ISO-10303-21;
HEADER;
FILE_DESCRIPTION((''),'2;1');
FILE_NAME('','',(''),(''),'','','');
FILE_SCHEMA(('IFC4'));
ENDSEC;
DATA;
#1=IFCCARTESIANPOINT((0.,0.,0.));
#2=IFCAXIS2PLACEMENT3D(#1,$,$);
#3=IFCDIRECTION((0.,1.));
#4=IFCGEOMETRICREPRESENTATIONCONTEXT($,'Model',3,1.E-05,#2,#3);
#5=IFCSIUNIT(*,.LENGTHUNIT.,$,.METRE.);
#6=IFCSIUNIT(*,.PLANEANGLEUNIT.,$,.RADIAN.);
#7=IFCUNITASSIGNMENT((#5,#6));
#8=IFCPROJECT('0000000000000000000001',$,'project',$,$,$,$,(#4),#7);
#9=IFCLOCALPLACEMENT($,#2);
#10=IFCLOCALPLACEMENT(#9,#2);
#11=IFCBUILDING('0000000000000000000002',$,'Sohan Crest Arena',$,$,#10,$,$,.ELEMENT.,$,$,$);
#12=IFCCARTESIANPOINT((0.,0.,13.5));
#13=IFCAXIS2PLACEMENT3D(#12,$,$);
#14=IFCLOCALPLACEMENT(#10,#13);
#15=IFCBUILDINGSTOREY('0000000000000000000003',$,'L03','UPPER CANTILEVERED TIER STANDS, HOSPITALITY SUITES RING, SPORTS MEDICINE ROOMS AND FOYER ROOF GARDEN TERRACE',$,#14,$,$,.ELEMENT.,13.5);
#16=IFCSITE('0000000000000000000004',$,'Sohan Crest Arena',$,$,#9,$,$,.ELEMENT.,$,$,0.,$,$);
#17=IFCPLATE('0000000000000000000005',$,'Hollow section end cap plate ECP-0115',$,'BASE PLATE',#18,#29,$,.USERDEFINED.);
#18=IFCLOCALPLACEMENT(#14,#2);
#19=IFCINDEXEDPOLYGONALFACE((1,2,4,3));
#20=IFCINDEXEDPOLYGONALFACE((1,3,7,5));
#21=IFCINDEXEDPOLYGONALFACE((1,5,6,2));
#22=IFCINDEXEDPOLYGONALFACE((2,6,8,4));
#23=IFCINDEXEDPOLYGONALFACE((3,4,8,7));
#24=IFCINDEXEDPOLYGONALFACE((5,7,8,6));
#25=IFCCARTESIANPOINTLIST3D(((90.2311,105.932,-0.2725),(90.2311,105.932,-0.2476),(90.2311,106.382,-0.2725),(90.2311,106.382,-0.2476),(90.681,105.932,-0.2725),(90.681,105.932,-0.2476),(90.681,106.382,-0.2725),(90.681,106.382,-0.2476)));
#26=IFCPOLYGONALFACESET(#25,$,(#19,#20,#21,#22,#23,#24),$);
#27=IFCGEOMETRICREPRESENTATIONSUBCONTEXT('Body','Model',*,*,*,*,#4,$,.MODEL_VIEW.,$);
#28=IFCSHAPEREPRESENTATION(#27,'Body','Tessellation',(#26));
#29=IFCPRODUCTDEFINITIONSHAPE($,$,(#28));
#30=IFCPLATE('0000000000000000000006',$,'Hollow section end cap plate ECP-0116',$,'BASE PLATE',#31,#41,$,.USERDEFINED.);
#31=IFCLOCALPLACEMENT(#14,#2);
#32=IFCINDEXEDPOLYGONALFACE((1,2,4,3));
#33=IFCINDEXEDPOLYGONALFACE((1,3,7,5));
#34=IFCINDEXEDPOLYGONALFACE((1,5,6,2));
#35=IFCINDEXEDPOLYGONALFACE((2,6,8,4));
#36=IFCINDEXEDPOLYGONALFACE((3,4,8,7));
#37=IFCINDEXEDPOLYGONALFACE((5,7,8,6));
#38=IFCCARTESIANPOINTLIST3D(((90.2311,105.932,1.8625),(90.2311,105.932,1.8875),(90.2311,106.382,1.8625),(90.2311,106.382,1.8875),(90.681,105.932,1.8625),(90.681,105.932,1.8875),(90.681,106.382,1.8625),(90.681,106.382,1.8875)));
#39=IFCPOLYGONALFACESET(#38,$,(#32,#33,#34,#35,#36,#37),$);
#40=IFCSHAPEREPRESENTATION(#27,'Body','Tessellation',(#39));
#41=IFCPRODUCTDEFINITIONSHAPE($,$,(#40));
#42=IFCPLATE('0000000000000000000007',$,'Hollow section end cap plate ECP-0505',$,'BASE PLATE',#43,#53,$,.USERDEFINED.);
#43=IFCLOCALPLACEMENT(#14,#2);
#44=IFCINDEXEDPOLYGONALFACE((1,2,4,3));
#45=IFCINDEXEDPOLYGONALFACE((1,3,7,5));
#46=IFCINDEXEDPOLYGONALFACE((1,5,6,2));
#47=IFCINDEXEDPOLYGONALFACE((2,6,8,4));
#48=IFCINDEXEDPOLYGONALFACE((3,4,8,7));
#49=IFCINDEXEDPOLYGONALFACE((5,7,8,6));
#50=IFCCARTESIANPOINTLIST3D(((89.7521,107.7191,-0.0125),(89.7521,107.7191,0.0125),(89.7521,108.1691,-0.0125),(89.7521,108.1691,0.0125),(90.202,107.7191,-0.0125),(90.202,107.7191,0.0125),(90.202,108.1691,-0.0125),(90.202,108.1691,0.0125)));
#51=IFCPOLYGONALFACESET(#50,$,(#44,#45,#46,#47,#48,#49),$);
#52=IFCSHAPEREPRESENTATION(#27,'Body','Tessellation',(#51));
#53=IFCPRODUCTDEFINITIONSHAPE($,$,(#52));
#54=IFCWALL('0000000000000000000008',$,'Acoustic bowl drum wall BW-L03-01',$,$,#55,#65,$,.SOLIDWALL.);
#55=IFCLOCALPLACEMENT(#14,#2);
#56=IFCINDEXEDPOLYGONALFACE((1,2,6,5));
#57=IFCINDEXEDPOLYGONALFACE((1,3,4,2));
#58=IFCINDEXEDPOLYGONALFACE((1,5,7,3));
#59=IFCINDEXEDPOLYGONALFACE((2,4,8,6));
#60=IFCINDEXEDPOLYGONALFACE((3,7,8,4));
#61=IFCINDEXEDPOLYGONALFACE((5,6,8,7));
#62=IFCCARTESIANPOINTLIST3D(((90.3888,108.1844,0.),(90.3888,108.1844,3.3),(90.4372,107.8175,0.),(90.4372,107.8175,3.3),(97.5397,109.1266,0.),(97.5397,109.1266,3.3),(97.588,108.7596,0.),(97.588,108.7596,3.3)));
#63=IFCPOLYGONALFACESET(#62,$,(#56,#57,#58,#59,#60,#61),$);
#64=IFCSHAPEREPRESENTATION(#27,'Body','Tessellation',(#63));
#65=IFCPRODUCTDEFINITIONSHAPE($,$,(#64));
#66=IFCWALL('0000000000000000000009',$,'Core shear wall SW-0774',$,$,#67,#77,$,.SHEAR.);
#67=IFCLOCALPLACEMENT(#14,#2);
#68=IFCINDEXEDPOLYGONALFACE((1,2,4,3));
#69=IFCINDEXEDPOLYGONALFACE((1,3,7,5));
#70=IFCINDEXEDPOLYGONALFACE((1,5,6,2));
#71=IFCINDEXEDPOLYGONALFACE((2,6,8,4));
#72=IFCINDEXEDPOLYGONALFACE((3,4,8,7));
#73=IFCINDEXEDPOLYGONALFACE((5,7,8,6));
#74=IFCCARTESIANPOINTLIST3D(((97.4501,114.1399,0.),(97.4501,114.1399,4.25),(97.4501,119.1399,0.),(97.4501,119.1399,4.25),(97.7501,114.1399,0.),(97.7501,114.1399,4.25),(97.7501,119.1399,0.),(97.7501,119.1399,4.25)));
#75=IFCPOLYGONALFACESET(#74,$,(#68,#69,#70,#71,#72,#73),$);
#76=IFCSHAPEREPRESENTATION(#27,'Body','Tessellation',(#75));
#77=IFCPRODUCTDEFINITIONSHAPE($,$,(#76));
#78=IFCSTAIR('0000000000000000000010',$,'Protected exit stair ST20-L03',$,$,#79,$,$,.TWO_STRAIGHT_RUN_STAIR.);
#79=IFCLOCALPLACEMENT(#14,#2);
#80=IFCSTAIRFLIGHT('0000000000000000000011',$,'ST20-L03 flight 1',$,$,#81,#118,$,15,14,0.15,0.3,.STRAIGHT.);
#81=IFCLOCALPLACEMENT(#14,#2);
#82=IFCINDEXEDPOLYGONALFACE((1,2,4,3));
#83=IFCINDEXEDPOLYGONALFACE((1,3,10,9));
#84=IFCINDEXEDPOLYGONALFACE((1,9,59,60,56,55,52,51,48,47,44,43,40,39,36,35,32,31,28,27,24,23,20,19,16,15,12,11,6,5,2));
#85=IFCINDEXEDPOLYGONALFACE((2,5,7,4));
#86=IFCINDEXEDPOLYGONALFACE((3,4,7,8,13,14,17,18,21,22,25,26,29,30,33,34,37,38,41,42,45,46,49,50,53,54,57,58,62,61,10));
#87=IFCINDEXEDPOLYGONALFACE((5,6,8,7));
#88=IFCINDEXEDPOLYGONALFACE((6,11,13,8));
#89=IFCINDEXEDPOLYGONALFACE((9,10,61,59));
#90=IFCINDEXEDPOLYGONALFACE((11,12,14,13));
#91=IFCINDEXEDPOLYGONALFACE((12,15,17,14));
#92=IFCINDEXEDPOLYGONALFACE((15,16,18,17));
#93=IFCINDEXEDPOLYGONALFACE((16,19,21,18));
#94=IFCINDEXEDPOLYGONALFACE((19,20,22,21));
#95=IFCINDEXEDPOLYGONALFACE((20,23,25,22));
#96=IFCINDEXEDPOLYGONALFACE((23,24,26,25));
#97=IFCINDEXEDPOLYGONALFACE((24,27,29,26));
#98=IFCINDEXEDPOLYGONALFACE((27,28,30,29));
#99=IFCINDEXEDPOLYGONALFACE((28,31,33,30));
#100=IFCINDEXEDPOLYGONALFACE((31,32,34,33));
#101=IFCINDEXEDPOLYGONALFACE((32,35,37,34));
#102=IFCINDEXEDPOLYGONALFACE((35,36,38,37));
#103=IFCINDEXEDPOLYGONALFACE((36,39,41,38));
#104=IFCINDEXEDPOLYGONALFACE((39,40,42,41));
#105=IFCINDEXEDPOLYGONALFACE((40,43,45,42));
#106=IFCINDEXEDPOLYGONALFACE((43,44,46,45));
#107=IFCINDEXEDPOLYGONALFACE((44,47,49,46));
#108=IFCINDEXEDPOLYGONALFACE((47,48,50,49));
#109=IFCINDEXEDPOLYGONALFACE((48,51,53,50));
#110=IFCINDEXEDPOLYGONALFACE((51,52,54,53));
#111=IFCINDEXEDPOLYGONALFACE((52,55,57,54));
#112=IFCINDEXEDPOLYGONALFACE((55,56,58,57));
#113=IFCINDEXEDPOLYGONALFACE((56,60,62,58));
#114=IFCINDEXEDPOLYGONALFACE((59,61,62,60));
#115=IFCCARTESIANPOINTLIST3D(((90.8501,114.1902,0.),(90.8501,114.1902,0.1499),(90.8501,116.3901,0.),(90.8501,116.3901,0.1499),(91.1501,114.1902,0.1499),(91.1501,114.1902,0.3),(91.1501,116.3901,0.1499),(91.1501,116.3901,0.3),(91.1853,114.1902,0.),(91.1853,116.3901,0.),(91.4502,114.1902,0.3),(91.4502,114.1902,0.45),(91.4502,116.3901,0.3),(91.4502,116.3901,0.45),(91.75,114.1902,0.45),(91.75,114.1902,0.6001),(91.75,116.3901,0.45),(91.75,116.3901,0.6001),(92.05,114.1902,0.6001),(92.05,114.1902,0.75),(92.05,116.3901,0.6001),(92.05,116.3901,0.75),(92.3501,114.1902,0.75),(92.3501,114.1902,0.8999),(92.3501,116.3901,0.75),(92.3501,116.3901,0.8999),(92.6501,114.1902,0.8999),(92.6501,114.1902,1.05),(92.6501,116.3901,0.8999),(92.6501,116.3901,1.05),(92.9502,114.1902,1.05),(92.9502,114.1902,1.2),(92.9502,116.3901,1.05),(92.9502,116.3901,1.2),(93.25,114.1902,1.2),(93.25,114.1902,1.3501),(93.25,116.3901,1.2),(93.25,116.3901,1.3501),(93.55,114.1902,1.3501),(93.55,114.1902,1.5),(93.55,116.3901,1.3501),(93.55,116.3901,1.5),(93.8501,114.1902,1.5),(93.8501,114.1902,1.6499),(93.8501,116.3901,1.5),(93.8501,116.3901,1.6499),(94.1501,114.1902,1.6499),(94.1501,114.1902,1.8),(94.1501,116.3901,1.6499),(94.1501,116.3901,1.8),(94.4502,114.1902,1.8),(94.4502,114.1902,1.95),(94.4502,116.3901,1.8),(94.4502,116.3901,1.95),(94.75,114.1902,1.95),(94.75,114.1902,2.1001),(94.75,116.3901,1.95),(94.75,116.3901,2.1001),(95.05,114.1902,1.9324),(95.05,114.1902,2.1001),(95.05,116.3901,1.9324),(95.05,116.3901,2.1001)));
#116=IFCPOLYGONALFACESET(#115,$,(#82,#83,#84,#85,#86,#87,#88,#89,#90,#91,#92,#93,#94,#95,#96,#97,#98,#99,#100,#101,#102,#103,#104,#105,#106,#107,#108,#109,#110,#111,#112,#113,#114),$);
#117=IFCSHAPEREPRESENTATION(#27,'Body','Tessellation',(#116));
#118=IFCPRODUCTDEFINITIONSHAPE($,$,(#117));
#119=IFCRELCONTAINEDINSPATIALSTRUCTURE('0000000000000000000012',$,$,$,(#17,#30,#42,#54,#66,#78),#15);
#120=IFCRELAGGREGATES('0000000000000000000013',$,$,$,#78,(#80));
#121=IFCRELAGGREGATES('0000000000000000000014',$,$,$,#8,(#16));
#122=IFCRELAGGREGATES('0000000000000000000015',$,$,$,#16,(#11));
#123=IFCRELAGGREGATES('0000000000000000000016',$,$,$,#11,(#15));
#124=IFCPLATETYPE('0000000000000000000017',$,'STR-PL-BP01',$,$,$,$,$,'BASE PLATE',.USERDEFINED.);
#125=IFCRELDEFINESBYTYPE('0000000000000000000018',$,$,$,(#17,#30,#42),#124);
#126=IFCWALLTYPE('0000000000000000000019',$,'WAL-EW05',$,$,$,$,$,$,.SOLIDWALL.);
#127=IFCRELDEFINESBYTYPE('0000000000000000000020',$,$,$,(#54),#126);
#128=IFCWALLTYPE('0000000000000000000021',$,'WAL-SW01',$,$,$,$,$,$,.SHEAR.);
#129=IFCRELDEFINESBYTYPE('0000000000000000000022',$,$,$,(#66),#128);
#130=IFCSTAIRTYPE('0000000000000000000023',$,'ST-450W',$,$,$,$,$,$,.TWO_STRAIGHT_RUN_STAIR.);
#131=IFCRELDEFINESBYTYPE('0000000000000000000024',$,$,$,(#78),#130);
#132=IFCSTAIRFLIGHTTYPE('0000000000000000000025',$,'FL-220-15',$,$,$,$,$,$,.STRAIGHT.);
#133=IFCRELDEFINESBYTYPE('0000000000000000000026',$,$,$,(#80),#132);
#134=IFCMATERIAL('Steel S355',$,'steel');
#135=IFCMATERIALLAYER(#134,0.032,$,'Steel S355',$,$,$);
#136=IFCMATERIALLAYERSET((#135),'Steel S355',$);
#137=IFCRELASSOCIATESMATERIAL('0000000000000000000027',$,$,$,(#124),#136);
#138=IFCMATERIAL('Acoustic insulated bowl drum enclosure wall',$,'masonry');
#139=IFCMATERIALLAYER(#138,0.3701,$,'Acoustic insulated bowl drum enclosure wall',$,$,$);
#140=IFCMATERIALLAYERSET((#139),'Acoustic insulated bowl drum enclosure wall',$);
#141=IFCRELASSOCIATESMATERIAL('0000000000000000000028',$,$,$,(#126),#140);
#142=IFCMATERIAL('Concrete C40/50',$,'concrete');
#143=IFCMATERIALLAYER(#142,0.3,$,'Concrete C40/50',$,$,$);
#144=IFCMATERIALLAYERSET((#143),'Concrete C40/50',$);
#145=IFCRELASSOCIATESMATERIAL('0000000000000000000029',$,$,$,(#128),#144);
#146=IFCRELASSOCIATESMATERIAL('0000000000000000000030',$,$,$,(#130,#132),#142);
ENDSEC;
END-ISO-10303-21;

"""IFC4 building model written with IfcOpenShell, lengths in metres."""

from ifc_helpers import new_model, si_unit, direction, frame, frame_2d, origin, origin_2d, place, context, subcontext, project, spatial, polyline, rectangle, outline, extrude, material, layer, layer_set, type_object, element, aggregate, save


model = new_model("IFC4")

# Units and contexts
model_context = context("Model", 3, precision=1e-05, world=origin(), true_north=direction((0.0, 1.0)))
body_context = subcontext(model_context, "Body", "Model", "MODEL_VIEW")
ifc_project = project(units=[si_unit("LENGTHUNIT", "METRE"), si_unit("PLANEANGLEUNIT", "RADIAN")], contexts=[model_context])

# Site, building, storey
site_placement = place(None, origin())
site = spatial("IfcSite", under=ifc_project, at=site_placement, Name="Sohan Crest Arena", CompositionType="ELEMENT", RefElevation=0.0)
building_placement = place(site_placement, origin())
building = spatial("IfcBuilding", under=site, at=building_placement, Name="Sohan Crest Arena", CompositionType="ELEMENT")
storey_placement = place(building_placement, frame((0.0, 0.0, 13.5)))
storey = spatial("IfcBuildingStorey", under=building, at=storey_placement, Name="L03", Description="UPPER CANTILEVERED TIER STANDS, HOSPITALITY SUITES RING, SPORTS MEDICINE ROOMS AND FOYER ROOF GARDEN TERRACE", CompositionType="ELEMENT", Elevation=13.5)

# Shared definitions
ifc_material_1 = material(Name="Concrete C40/50", Category="concrete")

# Shared definitions
ifc_material_2 = material(Name="Steel S355", Category="steel")

# Plates
ifc_layer_1 = layer(ifc_material_2, 0.032, Name="Steel S355")
ifc_layer_set_1 = layer_set([ifc_layer_1], Name="Steel S355")
plate_type = type_object("IfcPlateType", Name="STR-PL-BP01", ElementType="BASE PLATE", PredefinedType="USERDEFINED", material=ifc_layer_set_1)
for number, where, z_axis, x_axis, name in (
    (1, (90.4561, 106.157, -0.2725), (0.0, 0.0, 1.0), (1.0, 0.0, 0.0), "Hollow section end cap plate ECP-0115"),
    (2, (90.4561, 106.157, 1.8625), (0.0, 0.0, 1.0), (1.0, 0.0, 0.0), "Hollow section end cap plate ECP-0116"),
    (3, (89.9771, 107.9441, -0.0125), (0.0, 0.0, 1.0), (1.0, 0.0, 0.0), "Hollow section end cap plate ECP-0505"),
):
    element("IfcPlate", number, at=place(storey_placement, frame(where, z_axis=z_axis, x_axis=x_axis)), inside=storey, type_object=plate_type, Name=name, ObjectType="BASE PLATE", PredefinedType="USERDEFINED", context=body_context, shape_type="SweptSolid", body=[
        extrude(rectangle(XDim=0.45, YDim=0.45, at=origin_2d()), origin(), (0.0, 0.0, 1.0), 0.0249),
    ])

# Walls
ifc_material_3 = material(Name="Acoustic insulated bowl drum enclosure wall", Category="masonry")
ifc_layer_2 = layer(ifc_material_3, 0.3701, Name="Acoustic insulated bowl drum enclosure wall")
ifc_layer_set_2 = layer_set([ifc_layer_2], Name="Acoustic insulated bowl drum enclosure wall")
wall_type_1 = type_object("IfcWallType", Name="WAL-EW05", PredefinedType="SOLIDWALL", material=ifc_layer_set_2)
wall_1_placement = place(storey_placement, frame((97.564, 108.9431, 0.0), z_axis=(0.0, 0.0, 1.0), x_axis=(-0.991432, -0.130623, 0.0)))
element("IfcWall", 4, at=wall_1_placement, inside=storey, type_object=wall_type_1, Name="Acoustic bowl drum wall BW-L03-01", PredefinedType="SOLIDWALL", context=body_context, shape_type="SweptSolid", body=[
    extrude(rectangle(XDim=7.2126, YDim=0.3701, at=frame_2d((3.6064, 0.0))), origin(), (0.0, 0.0, 1.0), 3.3),
])
ifc_layer_3 = layer(ifc_material_1, 0.3, Name="Concrete C40/50")
ifc_layer_set_3 = layer_set([ifc_layer_3], Name="Concrete C40/50")
wall_type_2 = type_object("IfcWallType", Name="WAL-SW01", PredefinedType="SHEAR", material=ifc_layer_set_3)
wall_2_placement = place(storey_placement, frame((97.6001, 114.1399, 0.0), z_axis=(0.0, 0.0, 1.0), x_axis=(0.0, 1.0, 0.0)))
element("IfcWall", 5, at=wall_2_placement, inside=storey, type_object=wall_type_2, Name="Core shear wall SW-0774", PredefinedType="SHEAR", context=body_context, shape_type="SweptSolid", body=[
    extrude(rectangle(XDim=5.0, YDim=0.3, at=frame_2d((2.5, 0.0))), origin(), (0.0, 0.0, 1.0), 4.25),
])

# Stair, stair flight
stair_type = type_object("IfcStairType", Name="ST-450W", PredefinedType="TWO_STRAIGHT_RUN_STAIR", material=ifc_material_1)
stair_placement = place(storey_placement, origin())
stair = element("IfcStair", 6, at=stair_placement, inside=storey, type_object=stair_type, Name="Protected exit stair ST20-L03", PredefinedType="TWO_STRAIGHT_RUN_STAIR")
stair_flight_type = type_object("IfcStairFlightType", Name="FL-220-15", PredefinedType="STRAIGHT", material=ifc_material_1)
stair_flight_placement = place(storey_placement, frame((90.8501, 115.29, 0.0), z_axis=(0.0, 0.0, 1.0), x_axis=(1.0, 0.0, 0.0)))
stair_flight = element("IfcStairFlight", 7, at=stair_flight_placement, type_object=stair_flight_type, Name="ST20-L03 flight 1", NumberOfRisers=15, NumberOfTreads=14, PredefinedType="STRAIGHT", RiserHeight=0.15, TreadLength=0.3, context=body_context, shape_type="SweptSolid", body=[
    extrude(outline(polyline([(0.0, 0.0), (0.0, 0.1499), (0.3, 0.1499), (0.3, 0.3), (0.6001, 0.3), (0.6001, 0.45), (0.8999, 0.45), (0.8999, 0.6001), (1.2, 0.6001), (1.2, 0.75), (1.5, 0.75), (1.5, 0.8999), (1.8, 0.8999), (1.8, 1.05), (2.1001, 1.05), (2.1001, 1.2), (2.3999, 1.2), (2.3999, 1.3501), (2.7, 1.3501), (2.7, 1.5), (3.0, 1.5), (3.0, 1.6499), (3.3, 1.6499), (3.3, 1.8), (3.6001, 1.8), (3.6001, 1.95), (3.8999, 1.95), (3.8999, 2.1001), (4.2, 2.1001), (4.2, 2.25), (4.2, 1.9324), (0.3352, 0.0), (0.0, 0.0)])), frame((0.0, 1.1001, 0.0), z_axis=(0.0, -1.0, 0.0), x_axis=(1.0, 0.0, 0.0)), (0.0, 0.0, 1.0), 2.2),
])
aggregate(stair, [stair_flight])

save(model, "model.ifc")
